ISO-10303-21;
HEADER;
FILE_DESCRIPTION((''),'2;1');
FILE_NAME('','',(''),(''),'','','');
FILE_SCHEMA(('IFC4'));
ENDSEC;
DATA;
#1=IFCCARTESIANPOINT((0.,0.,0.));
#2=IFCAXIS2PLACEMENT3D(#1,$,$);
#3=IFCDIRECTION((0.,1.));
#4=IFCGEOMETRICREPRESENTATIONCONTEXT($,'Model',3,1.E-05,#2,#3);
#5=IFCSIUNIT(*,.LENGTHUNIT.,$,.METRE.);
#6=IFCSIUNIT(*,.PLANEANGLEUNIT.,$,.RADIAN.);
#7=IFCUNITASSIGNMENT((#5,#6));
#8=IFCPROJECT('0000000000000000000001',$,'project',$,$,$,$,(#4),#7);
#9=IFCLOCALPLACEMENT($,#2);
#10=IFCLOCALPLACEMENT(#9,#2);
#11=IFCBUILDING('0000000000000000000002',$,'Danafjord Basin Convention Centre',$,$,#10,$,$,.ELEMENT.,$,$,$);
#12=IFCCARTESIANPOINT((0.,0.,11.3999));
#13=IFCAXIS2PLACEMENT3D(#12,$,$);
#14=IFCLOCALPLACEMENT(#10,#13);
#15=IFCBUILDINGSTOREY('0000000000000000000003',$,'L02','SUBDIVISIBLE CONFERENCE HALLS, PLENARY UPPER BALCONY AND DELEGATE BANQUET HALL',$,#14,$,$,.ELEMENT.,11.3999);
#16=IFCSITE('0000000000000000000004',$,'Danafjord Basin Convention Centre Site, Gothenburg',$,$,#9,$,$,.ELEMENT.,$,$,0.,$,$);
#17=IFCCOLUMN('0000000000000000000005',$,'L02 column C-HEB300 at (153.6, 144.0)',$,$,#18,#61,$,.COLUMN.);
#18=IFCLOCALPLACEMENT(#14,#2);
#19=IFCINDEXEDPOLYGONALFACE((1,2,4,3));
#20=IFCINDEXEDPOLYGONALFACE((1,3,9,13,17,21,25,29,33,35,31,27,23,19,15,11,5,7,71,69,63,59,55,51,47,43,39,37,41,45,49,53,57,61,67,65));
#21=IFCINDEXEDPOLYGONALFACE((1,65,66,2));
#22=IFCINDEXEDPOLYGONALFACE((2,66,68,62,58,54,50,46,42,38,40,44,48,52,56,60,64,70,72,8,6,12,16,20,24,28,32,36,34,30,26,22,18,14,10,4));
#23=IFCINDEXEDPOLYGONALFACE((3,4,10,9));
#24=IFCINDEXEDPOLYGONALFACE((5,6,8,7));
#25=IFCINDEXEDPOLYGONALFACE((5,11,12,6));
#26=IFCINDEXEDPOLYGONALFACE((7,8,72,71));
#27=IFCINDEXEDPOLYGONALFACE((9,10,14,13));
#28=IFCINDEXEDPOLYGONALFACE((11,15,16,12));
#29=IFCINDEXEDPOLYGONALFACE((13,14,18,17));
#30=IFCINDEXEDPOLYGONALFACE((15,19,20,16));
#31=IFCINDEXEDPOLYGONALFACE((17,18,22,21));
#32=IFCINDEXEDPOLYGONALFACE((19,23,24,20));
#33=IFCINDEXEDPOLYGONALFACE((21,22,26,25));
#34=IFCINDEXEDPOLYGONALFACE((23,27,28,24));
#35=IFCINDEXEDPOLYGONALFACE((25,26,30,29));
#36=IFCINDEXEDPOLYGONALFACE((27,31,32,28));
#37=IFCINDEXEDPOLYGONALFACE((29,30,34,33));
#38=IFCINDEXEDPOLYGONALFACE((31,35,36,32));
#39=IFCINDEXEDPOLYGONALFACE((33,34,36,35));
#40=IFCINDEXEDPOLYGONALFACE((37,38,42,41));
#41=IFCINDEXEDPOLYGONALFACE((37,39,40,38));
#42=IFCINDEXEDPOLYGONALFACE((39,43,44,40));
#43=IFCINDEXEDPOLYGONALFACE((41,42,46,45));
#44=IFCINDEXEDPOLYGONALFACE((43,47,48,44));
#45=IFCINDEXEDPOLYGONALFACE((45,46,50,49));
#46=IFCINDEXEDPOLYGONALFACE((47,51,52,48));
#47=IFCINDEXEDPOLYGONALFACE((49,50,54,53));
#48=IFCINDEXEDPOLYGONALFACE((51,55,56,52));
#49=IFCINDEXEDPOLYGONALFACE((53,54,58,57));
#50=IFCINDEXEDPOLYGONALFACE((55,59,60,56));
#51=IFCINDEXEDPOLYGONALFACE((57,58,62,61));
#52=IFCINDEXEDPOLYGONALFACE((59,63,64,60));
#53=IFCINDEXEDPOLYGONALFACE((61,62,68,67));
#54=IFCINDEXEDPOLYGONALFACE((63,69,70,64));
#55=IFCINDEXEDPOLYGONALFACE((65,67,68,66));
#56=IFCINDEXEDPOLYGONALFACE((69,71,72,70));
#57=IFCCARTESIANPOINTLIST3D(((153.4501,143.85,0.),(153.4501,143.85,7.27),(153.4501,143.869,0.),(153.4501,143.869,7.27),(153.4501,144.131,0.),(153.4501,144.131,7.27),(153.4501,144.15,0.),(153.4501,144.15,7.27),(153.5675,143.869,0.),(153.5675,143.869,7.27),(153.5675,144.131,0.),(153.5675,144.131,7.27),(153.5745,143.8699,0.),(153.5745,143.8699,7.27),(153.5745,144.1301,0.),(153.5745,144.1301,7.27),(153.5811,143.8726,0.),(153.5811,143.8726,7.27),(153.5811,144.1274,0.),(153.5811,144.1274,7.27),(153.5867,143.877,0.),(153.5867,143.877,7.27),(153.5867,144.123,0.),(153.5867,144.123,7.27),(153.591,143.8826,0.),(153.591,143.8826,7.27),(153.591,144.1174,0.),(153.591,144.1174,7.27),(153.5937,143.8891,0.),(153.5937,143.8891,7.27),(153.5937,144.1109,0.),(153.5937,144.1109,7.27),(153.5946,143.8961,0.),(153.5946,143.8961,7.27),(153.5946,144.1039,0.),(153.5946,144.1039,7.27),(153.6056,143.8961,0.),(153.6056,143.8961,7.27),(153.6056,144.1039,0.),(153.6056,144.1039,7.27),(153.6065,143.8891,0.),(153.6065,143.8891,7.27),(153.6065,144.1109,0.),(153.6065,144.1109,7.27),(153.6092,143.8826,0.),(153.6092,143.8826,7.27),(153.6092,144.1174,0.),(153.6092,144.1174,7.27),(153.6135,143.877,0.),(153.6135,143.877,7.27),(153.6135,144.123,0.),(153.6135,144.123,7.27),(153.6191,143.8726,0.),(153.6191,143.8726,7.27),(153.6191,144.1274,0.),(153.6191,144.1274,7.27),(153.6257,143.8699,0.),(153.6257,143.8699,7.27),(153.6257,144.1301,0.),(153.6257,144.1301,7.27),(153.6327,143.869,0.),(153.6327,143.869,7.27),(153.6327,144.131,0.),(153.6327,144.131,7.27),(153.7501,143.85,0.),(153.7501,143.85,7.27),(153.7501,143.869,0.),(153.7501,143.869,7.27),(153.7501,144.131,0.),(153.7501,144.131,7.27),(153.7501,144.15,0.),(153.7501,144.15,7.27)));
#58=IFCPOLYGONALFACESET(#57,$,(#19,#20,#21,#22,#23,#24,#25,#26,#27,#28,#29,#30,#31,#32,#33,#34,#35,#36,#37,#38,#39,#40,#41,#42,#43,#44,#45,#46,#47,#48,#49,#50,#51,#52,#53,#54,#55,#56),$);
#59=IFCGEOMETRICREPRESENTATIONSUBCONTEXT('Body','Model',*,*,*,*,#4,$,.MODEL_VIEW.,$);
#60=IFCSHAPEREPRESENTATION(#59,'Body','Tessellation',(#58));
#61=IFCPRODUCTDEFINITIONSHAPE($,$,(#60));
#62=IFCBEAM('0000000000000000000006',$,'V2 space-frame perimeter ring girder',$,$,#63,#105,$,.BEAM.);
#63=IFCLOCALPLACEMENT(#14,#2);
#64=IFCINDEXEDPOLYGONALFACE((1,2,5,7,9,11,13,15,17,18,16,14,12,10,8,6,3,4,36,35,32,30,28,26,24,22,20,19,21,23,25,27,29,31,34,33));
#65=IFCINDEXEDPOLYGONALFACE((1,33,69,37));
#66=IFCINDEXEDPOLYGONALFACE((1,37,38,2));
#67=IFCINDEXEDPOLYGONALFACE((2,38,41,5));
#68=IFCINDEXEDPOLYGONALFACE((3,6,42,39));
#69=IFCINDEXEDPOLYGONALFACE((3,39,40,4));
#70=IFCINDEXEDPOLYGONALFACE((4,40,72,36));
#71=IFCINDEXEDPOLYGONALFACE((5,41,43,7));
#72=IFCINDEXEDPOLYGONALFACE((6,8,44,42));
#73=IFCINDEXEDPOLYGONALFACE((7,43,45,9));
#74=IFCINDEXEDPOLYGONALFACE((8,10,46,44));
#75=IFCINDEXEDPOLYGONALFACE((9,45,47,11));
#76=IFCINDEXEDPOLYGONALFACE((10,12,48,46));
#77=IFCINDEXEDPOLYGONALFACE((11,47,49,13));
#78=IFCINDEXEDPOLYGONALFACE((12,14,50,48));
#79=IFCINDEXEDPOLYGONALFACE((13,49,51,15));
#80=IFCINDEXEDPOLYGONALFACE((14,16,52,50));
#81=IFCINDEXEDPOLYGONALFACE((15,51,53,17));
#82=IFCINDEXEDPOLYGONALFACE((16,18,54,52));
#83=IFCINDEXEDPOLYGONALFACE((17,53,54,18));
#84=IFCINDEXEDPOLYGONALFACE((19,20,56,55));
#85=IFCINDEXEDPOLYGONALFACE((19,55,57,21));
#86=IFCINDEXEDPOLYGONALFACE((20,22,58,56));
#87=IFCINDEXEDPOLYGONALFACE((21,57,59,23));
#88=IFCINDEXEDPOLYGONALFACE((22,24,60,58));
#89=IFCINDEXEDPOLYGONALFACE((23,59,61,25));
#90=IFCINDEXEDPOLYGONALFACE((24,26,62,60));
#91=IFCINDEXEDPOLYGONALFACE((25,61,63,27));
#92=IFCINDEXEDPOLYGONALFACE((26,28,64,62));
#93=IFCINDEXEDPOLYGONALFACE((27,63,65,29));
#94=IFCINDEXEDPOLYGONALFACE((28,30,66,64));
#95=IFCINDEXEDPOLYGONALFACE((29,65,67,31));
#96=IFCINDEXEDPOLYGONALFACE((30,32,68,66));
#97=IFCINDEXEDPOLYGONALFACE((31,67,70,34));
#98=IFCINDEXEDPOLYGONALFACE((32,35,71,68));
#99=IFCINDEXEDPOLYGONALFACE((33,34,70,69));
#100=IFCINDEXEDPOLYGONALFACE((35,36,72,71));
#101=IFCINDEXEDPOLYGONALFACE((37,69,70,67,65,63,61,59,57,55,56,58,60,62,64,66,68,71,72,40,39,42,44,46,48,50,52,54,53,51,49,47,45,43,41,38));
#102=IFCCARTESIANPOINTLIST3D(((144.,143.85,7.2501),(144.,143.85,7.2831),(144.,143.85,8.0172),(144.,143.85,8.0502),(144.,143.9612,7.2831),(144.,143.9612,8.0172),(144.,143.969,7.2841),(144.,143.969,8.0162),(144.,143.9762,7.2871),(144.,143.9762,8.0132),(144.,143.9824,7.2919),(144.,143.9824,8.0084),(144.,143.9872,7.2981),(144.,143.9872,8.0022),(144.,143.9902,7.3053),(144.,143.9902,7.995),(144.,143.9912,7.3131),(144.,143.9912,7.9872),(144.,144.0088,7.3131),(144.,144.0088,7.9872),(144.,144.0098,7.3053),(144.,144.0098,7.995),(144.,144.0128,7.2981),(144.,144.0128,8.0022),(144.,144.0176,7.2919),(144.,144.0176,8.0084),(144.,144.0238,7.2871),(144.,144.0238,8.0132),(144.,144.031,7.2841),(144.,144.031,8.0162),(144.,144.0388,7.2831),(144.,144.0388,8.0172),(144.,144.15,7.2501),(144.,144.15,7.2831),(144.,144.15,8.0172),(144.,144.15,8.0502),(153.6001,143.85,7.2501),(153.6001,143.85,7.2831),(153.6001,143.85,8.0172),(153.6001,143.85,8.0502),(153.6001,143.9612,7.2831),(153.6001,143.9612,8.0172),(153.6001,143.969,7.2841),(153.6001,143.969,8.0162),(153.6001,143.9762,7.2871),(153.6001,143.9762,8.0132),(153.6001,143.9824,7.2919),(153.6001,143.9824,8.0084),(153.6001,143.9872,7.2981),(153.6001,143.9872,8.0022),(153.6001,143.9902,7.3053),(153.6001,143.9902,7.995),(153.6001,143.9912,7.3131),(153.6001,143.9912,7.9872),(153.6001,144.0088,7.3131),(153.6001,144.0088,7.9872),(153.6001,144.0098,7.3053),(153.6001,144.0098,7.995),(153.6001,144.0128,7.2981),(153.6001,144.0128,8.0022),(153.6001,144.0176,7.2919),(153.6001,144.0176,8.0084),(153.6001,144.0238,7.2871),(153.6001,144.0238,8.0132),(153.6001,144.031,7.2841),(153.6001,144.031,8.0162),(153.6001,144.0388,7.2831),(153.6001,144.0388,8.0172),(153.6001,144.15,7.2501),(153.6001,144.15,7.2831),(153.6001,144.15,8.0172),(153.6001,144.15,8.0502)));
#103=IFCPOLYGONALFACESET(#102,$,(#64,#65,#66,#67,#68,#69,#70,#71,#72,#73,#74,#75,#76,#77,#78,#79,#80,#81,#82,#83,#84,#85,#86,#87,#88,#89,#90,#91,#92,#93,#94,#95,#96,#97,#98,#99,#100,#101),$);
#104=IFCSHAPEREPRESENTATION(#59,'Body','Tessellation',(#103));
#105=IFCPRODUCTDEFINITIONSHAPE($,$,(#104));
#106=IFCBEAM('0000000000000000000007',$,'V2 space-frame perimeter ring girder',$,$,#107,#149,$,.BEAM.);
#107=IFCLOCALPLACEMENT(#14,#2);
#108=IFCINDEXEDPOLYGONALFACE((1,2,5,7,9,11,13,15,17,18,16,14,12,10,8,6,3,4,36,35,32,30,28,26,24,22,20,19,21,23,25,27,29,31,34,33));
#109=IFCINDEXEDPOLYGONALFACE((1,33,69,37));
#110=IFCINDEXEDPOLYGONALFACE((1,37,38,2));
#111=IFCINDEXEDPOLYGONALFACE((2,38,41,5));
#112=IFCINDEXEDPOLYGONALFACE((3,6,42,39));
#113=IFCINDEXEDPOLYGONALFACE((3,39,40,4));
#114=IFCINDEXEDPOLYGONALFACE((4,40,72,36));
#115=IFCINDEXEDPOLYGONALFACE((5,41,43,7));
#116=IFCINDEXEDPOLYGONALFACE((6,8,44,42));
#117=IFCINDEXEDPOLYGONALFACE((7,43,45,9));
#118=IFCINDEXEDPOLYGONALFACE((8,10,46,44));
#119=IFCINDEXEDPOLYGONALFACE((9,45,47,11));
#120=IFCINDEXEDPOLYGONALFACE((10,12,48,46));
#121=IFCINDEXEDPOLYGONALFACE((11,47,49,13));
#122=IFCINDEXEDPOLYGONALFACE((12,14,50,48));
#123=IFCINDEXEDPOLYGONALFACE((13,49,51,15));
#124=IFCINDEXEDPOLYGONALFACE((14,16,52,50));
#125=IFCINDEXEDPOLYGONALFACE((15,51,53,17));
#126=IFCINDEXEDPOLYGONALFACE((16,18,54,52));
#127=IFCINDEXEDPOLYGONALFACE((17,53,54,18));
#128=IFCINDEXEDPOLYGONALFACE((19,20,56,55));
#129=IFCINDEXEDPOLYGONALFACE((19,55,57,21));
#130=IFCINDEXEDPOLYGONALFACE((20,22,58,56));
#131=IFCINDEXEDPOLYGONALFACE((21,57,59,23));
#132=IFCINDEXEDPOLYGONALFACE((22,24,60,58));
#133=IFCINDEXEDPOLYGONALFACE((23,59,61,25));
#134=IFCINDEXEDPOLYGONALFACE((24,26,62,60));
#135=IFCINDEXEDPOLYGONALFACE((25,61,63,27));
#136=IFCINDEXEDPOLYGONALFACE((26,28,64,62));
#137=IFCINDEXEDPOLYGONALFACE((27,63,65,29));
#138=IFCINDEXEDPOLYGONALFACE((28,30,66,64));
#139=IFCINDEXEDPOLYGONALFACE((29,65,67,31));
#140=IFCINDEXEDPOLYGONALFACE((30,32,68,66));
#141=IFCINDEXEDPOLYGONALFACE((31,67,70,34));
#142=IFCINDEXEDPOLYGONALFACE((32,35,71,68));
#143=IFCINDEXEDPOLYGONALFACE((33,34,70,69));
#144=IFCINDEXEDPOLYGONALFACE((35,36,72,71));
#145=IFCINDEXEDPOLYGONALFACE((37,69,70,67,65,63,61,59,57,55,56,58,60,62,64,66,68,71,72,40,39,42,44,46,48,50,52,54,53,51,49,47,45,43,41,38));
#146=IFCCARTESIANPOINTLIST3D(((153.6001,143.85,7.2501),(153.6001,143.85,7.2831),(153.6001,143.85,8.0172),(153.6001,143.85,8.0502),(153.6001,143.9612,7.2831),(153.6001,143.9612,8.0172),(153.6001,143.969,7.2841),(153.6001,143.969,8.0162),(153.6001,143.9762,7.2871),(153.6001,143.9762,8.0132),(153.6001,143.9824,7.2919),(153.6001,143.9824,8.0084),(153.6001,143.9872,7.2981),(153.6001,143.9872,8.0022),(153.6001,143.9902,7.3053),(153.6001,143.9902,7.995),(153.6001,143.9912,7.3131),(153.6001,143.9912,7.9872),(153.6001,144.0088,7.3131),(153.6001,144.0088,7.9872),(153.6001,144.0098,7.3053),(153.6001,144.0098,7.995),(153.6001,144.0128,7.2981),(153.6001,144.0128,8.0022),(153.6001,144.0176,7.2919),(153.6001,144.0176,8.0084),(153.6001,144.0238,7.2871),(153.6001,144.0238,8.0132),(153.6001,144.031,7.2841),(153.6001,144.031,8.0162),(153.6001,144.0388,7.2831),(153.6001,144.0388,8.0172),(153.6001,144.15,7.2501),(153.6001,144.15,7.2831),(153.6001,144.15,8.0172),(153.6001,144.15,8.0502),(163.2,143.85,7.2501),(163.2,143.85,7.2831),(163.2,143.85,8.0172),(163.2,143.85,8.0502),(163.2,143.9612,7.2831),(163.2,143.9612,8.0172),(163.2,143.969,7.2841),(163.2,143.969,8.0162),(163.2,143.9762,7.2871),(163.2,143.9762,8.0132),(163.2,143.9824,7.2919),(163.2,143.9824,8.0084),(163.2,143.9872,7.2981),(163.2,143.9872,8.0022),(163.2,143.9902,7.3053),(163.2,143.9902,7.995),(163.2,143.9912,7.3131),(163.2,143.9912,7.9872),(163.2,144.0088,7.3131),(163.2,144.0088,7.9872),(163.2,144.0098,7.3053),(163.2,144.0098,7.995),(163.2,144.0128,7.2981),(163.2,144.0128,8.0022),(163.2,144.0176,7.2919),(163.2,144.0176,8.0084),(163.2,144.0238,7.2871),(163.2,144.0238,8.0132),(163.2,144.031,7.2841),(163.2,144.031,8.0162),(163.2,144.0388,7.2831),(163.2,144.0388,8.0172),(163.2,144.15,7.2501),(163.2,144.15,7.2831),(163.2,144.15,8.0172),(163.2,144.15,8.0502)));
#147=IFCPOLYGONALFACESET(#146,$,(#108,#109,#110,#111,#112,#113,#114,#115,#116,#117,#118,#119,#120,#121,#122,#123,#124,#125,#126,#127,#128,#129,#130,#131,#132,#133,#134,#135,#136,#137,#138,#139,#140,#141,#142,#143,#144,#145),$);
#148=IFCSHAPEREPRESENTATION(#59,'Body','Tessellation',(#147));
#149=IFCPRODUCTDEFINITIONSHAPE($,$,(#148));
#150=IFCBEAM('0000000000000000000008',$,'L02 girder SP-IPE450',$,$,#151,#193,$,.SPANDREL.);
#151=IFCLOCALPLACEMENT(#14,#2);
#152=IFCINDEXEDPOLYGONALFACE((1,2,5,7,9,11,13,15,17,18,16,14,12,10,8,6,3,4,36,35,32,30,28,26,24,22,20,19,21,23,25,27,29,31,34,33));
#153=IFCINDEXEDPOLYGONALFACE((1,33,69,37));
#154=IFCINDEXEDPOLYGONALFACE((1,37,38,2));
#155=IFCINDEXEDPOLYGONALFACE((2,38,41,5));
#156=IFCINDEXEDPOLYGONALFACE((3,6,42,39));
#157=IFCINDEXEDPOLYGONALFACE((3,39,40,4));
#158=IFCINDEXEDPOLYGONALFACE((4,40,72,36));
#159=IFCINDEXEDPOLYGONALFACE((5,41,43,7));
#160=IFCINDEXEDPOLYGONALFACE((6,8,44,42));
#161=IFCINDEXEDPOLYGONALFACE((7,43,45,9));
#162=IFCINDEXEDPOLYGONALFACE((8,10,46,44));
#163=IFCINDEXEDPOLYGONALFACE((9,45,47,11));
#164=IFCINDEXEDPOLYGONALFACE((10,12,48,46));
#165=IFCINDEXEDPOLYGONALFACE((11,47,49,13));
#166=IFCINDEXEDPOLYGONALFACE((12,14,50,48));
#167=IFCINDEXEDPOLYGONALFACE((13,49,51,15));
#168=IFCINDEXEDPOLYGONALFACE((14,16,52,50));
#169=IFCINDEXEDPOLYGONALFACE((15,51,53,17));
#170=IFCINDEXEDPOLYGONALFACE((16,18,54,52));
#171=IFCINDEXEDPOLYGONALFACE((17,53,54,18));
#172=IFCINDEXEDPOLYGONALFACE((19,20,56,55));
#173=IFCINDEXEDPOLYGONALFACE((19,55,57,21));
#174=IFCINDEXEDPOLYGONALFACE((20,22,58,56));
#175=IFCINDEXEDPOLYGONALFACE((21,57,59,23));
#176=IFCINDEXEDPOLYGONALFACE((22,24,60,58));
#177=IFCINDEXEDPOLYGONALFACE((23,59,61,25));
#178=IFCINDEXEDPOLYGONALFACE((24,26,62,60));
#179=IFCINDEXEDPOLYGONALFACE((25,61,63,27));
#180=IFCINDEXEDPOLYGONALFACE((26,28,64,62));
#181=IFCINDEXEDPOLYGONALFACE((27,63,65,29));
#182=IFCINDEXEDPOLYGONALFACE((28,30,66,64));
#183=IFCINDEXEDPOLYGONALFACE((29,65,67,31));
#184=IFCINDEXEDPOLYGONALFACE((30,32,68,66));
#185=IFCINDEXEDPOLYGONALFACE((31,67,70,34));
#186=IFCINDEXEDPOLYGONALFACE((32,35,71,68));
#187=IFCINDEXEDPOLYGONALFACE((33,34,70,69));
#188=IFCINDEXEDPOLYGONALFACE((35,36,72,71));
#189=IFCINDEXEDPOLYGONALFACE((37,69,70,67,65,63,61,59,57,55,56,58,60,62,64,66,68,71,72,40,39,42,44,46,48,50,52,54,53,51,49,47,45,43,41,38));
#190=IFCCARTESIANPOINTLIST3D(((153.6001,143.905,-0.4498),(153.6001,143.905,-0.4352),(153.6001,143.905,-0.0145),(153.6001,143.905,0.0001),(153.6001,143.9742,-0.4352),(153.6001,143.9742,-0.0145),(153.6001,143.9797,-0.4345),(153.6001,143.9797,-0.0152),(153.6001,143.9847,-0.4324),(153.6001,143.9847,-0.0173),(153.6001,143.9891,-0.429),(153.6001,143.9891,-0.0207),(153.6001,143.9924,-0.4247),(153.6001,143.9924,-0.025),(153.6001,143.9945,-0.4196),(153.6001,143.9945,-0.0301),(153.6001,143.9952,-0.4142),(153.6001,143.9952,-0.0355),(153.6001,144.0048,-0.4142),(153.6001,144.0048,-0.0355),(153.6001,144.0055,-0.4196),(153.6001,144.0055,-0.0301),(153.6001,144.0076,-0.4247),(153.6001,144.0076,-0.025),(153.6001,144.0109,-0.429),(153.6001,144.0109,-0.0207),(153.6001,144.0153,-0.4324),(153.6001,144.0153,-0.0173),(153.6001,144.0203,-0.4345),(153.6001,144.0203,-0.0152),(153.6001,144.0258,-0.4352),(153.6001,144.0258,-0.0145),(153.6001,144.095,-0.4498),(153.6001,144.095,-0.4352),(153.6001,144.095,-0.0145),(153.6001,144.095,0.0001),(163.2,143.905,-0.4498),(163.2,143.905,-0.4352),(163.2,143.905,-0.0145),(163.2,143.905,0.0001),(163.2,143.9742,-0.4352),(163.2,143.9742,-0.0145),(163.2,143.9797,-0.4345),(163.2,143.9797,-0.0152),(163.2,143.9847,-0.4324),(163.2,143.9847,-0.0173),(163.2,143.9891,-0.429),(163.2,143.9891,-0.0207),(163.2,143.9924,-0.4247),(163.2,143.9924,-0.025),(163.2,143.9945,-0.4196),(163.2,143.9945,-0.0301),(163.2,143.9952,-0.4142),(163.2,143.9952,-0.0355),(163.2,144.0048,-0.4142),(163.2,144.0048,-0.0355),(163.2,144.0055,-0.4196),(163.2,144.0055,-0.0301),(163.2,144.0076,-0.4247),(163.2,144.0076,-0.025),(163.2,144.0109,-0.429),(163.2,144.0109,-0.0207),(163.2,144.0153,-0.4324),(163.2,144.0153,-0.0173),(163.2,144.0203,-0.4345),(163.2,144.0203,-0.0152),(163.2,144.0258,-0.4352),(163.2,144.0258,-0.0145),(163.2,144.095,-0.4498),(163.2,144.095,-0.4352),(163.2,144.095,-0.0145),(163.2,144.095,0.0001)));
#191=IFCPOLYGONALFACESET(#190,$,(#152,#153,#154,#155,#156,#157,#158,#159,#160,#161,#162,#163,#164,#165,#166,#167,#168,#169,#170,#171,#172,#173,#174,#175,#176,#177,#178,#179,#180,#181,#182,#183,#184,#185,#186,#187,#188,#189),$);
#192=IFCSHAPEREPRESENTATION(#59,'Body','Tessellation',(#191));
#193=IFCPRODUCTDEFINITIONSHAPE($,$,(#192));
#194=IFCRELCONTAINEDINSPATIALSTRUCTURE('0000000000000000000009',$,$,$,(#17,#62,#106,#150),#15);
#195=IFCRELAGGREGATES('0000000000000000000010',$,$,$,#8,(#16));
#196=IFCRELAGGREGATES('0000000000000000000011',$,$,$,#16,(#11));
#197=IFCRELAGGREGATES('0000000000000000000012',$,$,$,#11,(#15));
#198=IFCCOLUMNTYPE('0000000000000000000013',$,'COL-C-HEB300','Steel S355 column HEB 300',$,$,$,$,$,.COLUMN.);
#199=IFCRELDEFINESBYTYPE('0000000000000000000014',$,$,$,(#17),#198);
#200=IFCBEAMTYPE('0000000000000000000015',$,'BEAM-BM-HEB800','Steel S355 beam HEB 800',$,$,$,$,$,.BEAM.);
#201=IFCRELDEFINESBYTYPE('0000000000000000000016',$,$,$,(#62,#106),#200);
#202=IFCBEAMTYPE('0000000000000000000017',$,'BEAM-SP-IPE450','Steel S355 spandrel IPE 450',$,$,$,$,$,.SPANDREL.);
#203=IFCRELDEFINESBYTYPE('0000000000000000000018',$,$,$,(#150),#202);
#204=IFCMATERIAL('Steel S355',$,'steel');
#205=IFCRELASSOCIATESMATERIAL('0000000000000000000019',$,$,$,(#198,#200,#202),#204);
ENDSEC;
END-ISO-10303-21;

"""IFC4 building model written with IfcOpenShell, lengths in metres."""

from ifc_helpers import new_model, si_unit, direction, frame, origin, origin_2d, place, context, subcontext, project, spatial, i_section, extrude, material, material_profile, profile_set, type_object, element, save


model = new_model("IFC4")

# Units and contexts
model_context = context("Model", 3, precision=1e-05, world=origin(), true_north=direction((0.0, 1.0)))
body_context = subcontext(model_context, "Body", "Model", "MODEL_VIEW")
ifc_project = project(units=[si_unit("LENGTHUNIT", "METRE"), si_unit("PLANEANGLEUNIT", "RADIAN")], contexts=[model_context])

# Site, building, storey
site_placement = place(None, origin())
site = spatial("IfcSite", under=ifc_project, at=site_placement, Name="Danafjord Basin Convention Centre Site, Gothenburg", CompositionType="ELEMENT", RefElevation=0.0)
building_placement = place(site_placement, origin())
building = spatial("IfcBuilding", under=site, at=building_placement, Name="Danafjord Basin Convention Centre", CompositionType="ELEMENT")
storey_placement = place(building_placement, frame((0.0, 0.0, 11.3999)))
storey = spatial("IfcBuildingStorey", under=building, at=storey_placement, Name="L02", Description="SUBDIVISIBLE CONFERENCE HALLS, PLENARY UPPER BALCONY AND DELEGATE BANQUET HALL", CompositionType="ELEMENT", Elevation=11.3999)

# Column
ifc_material = material(Name="Steel S355", Category="steel")
ifc_material_profile_1 = material_profile(ifc_material, i_section(OverallWidth=0.3, OverallDepth=0.3, WebThickness=0.011, FlangeThickness=0.019, FilletRadius=0.0271, at=origin_2d()), Name="HEB 300")
ifc_profile_set_1 = profile_set([ifc_material_profile_1], Name="Steel S355")
column_type = type_object("IfcColumnType", Name="COL-C-HEB300", Description="Steel S355 column HEB 300", PredefinedType="COLUMN", material=ifc_profile_set_1)
column_placement = place(storey_placement, frame((153.6001, 144.0, 0.0), z_axis=(0.0, 0.0, 1.0), x_axis=(1.0, 0.0, 0.0)))
element("IfcColumn", 1, at=column_placement, inside=storey, type_object=column_type, Name="L02 column C-HEB300 at (153.6, 144.0)", PredefinedType="COLUMN", context=body_context, shape_type="SweptSolid", body=[
    extrude(i_section(OverallWidth=0.3, OverallDepth=0.3, WebThickness=0.011, FlangeThickness=0.019, FilletRadius=0.0271, at=origin_2d()), origin(), (0.0, 0.0, 1.0), 7.27),
])

# Beams
ifc_material_profile_2 = material_profile(ifc_material, i_section(OverallWidth=0.3, OverallDepth=0.8, WebThickness=0.0176, FlangeThickness=0.033, FilletRadius=0.03, at=origin_2d()), Name="HEB 800")
ifc_profile_set_2 = profile_set([ifc_material_profile_2], Name="Steel S355")
beam_type_1 = type_object("IfcBeamType", Name="BEAM-BM-HEB800", Description="Steel S355 beam HEB 800", PredefinedType="BEAM", material=ifc_profile_set_2)
beam_1_placement = place(storey_placement, frame((144.0, 144.0, 7.6501), z_axis=(1.0, 0.0, 0.0), x_axis=(0.0, 1.0, 0.0)))
element("IfcBeam", 2, at=beam_1_placement, inside=storey, type_object=beam_type_1, Name="V2 space-frame perimeter ring girder", PredefinedType="BEAM", context=body_context, shape_type="SweptSolid", body=[
    extrude(i_section(OverallWidth=0.3, OverallDepth=0.8, WebThickness=0.0176, FlangeThickness=0.033, FilletRadius=0.03, at=origin_2d()), origin(), (0.0, 0.0, 1.0), 9.6001),
])
beam_2_placement = place(storey_placement, frame((153.6001, 144.0, 7.6501), z_axis=(1.0, 0.0, 0.0), x_axis=(0.0, 1.0, 0.0)))
element("IfcBeam", 3, at=beam_2_placement, inside=storey, type_object=beam_type_1, Name="V2 space-frame perimeter ring girder", PredefinedType="BEAM", context=body_context, shape_type="SweptSolid", body=[
    extrude(i_section(OverallWidth=0.3, OverallDepth=0.8, WebThickness=0.0176, FlangeThickness=0.033, FilletRadius=0.03, at=origin_2d()), origin(), (0.0, 0.0, 1.0), 9.5999),
])
ifc_material_profile_3 = material_profile(ifc_material, i_section(OverallWidth=0.1899, OverallDepth=0.45, WebThickness=0.0095, FlangeThickness=0.0146, FilletRadius=0.021, at=origin_2d()), Name="IPE 450")
ifc_profile_set_3 = profile_set([ifc_material_profile_3], Name="Steel S355")
beam_type_2 = type_object("IfcBeamType", Name="BEAM-SP-IPE450", Description="Steel S355 spandrel IPE 450", PredefinedType="SPANDREL", material=ifc_profile_set_3)
beam_3_placement = place(storey_placement, frame((153.6001, 144.0, -0.2249), z_axis=(1.0, 0.0, 0.0), x_axis=(0.0, 1.0, 0.0)))
element("IfcBeam", 4, at=beam_3_placement, inside=storey, type_object=beam_type_2, Name="L02 girder SP-IPE450", PredefinedType="SPANDREL", context=body_context, shape_type="SweptSolid", body=[
    extrude(i_section(OverallWidth=0.1899, OverallDepth=0.45, WebThickness=0.0095, FlangeThickness=0.0146, FilletRadius=0.021, at=origin_2d()), origin(), (0.0, 0.0, 1.0), 9.5999),
])

save(model, "model.ifc")
